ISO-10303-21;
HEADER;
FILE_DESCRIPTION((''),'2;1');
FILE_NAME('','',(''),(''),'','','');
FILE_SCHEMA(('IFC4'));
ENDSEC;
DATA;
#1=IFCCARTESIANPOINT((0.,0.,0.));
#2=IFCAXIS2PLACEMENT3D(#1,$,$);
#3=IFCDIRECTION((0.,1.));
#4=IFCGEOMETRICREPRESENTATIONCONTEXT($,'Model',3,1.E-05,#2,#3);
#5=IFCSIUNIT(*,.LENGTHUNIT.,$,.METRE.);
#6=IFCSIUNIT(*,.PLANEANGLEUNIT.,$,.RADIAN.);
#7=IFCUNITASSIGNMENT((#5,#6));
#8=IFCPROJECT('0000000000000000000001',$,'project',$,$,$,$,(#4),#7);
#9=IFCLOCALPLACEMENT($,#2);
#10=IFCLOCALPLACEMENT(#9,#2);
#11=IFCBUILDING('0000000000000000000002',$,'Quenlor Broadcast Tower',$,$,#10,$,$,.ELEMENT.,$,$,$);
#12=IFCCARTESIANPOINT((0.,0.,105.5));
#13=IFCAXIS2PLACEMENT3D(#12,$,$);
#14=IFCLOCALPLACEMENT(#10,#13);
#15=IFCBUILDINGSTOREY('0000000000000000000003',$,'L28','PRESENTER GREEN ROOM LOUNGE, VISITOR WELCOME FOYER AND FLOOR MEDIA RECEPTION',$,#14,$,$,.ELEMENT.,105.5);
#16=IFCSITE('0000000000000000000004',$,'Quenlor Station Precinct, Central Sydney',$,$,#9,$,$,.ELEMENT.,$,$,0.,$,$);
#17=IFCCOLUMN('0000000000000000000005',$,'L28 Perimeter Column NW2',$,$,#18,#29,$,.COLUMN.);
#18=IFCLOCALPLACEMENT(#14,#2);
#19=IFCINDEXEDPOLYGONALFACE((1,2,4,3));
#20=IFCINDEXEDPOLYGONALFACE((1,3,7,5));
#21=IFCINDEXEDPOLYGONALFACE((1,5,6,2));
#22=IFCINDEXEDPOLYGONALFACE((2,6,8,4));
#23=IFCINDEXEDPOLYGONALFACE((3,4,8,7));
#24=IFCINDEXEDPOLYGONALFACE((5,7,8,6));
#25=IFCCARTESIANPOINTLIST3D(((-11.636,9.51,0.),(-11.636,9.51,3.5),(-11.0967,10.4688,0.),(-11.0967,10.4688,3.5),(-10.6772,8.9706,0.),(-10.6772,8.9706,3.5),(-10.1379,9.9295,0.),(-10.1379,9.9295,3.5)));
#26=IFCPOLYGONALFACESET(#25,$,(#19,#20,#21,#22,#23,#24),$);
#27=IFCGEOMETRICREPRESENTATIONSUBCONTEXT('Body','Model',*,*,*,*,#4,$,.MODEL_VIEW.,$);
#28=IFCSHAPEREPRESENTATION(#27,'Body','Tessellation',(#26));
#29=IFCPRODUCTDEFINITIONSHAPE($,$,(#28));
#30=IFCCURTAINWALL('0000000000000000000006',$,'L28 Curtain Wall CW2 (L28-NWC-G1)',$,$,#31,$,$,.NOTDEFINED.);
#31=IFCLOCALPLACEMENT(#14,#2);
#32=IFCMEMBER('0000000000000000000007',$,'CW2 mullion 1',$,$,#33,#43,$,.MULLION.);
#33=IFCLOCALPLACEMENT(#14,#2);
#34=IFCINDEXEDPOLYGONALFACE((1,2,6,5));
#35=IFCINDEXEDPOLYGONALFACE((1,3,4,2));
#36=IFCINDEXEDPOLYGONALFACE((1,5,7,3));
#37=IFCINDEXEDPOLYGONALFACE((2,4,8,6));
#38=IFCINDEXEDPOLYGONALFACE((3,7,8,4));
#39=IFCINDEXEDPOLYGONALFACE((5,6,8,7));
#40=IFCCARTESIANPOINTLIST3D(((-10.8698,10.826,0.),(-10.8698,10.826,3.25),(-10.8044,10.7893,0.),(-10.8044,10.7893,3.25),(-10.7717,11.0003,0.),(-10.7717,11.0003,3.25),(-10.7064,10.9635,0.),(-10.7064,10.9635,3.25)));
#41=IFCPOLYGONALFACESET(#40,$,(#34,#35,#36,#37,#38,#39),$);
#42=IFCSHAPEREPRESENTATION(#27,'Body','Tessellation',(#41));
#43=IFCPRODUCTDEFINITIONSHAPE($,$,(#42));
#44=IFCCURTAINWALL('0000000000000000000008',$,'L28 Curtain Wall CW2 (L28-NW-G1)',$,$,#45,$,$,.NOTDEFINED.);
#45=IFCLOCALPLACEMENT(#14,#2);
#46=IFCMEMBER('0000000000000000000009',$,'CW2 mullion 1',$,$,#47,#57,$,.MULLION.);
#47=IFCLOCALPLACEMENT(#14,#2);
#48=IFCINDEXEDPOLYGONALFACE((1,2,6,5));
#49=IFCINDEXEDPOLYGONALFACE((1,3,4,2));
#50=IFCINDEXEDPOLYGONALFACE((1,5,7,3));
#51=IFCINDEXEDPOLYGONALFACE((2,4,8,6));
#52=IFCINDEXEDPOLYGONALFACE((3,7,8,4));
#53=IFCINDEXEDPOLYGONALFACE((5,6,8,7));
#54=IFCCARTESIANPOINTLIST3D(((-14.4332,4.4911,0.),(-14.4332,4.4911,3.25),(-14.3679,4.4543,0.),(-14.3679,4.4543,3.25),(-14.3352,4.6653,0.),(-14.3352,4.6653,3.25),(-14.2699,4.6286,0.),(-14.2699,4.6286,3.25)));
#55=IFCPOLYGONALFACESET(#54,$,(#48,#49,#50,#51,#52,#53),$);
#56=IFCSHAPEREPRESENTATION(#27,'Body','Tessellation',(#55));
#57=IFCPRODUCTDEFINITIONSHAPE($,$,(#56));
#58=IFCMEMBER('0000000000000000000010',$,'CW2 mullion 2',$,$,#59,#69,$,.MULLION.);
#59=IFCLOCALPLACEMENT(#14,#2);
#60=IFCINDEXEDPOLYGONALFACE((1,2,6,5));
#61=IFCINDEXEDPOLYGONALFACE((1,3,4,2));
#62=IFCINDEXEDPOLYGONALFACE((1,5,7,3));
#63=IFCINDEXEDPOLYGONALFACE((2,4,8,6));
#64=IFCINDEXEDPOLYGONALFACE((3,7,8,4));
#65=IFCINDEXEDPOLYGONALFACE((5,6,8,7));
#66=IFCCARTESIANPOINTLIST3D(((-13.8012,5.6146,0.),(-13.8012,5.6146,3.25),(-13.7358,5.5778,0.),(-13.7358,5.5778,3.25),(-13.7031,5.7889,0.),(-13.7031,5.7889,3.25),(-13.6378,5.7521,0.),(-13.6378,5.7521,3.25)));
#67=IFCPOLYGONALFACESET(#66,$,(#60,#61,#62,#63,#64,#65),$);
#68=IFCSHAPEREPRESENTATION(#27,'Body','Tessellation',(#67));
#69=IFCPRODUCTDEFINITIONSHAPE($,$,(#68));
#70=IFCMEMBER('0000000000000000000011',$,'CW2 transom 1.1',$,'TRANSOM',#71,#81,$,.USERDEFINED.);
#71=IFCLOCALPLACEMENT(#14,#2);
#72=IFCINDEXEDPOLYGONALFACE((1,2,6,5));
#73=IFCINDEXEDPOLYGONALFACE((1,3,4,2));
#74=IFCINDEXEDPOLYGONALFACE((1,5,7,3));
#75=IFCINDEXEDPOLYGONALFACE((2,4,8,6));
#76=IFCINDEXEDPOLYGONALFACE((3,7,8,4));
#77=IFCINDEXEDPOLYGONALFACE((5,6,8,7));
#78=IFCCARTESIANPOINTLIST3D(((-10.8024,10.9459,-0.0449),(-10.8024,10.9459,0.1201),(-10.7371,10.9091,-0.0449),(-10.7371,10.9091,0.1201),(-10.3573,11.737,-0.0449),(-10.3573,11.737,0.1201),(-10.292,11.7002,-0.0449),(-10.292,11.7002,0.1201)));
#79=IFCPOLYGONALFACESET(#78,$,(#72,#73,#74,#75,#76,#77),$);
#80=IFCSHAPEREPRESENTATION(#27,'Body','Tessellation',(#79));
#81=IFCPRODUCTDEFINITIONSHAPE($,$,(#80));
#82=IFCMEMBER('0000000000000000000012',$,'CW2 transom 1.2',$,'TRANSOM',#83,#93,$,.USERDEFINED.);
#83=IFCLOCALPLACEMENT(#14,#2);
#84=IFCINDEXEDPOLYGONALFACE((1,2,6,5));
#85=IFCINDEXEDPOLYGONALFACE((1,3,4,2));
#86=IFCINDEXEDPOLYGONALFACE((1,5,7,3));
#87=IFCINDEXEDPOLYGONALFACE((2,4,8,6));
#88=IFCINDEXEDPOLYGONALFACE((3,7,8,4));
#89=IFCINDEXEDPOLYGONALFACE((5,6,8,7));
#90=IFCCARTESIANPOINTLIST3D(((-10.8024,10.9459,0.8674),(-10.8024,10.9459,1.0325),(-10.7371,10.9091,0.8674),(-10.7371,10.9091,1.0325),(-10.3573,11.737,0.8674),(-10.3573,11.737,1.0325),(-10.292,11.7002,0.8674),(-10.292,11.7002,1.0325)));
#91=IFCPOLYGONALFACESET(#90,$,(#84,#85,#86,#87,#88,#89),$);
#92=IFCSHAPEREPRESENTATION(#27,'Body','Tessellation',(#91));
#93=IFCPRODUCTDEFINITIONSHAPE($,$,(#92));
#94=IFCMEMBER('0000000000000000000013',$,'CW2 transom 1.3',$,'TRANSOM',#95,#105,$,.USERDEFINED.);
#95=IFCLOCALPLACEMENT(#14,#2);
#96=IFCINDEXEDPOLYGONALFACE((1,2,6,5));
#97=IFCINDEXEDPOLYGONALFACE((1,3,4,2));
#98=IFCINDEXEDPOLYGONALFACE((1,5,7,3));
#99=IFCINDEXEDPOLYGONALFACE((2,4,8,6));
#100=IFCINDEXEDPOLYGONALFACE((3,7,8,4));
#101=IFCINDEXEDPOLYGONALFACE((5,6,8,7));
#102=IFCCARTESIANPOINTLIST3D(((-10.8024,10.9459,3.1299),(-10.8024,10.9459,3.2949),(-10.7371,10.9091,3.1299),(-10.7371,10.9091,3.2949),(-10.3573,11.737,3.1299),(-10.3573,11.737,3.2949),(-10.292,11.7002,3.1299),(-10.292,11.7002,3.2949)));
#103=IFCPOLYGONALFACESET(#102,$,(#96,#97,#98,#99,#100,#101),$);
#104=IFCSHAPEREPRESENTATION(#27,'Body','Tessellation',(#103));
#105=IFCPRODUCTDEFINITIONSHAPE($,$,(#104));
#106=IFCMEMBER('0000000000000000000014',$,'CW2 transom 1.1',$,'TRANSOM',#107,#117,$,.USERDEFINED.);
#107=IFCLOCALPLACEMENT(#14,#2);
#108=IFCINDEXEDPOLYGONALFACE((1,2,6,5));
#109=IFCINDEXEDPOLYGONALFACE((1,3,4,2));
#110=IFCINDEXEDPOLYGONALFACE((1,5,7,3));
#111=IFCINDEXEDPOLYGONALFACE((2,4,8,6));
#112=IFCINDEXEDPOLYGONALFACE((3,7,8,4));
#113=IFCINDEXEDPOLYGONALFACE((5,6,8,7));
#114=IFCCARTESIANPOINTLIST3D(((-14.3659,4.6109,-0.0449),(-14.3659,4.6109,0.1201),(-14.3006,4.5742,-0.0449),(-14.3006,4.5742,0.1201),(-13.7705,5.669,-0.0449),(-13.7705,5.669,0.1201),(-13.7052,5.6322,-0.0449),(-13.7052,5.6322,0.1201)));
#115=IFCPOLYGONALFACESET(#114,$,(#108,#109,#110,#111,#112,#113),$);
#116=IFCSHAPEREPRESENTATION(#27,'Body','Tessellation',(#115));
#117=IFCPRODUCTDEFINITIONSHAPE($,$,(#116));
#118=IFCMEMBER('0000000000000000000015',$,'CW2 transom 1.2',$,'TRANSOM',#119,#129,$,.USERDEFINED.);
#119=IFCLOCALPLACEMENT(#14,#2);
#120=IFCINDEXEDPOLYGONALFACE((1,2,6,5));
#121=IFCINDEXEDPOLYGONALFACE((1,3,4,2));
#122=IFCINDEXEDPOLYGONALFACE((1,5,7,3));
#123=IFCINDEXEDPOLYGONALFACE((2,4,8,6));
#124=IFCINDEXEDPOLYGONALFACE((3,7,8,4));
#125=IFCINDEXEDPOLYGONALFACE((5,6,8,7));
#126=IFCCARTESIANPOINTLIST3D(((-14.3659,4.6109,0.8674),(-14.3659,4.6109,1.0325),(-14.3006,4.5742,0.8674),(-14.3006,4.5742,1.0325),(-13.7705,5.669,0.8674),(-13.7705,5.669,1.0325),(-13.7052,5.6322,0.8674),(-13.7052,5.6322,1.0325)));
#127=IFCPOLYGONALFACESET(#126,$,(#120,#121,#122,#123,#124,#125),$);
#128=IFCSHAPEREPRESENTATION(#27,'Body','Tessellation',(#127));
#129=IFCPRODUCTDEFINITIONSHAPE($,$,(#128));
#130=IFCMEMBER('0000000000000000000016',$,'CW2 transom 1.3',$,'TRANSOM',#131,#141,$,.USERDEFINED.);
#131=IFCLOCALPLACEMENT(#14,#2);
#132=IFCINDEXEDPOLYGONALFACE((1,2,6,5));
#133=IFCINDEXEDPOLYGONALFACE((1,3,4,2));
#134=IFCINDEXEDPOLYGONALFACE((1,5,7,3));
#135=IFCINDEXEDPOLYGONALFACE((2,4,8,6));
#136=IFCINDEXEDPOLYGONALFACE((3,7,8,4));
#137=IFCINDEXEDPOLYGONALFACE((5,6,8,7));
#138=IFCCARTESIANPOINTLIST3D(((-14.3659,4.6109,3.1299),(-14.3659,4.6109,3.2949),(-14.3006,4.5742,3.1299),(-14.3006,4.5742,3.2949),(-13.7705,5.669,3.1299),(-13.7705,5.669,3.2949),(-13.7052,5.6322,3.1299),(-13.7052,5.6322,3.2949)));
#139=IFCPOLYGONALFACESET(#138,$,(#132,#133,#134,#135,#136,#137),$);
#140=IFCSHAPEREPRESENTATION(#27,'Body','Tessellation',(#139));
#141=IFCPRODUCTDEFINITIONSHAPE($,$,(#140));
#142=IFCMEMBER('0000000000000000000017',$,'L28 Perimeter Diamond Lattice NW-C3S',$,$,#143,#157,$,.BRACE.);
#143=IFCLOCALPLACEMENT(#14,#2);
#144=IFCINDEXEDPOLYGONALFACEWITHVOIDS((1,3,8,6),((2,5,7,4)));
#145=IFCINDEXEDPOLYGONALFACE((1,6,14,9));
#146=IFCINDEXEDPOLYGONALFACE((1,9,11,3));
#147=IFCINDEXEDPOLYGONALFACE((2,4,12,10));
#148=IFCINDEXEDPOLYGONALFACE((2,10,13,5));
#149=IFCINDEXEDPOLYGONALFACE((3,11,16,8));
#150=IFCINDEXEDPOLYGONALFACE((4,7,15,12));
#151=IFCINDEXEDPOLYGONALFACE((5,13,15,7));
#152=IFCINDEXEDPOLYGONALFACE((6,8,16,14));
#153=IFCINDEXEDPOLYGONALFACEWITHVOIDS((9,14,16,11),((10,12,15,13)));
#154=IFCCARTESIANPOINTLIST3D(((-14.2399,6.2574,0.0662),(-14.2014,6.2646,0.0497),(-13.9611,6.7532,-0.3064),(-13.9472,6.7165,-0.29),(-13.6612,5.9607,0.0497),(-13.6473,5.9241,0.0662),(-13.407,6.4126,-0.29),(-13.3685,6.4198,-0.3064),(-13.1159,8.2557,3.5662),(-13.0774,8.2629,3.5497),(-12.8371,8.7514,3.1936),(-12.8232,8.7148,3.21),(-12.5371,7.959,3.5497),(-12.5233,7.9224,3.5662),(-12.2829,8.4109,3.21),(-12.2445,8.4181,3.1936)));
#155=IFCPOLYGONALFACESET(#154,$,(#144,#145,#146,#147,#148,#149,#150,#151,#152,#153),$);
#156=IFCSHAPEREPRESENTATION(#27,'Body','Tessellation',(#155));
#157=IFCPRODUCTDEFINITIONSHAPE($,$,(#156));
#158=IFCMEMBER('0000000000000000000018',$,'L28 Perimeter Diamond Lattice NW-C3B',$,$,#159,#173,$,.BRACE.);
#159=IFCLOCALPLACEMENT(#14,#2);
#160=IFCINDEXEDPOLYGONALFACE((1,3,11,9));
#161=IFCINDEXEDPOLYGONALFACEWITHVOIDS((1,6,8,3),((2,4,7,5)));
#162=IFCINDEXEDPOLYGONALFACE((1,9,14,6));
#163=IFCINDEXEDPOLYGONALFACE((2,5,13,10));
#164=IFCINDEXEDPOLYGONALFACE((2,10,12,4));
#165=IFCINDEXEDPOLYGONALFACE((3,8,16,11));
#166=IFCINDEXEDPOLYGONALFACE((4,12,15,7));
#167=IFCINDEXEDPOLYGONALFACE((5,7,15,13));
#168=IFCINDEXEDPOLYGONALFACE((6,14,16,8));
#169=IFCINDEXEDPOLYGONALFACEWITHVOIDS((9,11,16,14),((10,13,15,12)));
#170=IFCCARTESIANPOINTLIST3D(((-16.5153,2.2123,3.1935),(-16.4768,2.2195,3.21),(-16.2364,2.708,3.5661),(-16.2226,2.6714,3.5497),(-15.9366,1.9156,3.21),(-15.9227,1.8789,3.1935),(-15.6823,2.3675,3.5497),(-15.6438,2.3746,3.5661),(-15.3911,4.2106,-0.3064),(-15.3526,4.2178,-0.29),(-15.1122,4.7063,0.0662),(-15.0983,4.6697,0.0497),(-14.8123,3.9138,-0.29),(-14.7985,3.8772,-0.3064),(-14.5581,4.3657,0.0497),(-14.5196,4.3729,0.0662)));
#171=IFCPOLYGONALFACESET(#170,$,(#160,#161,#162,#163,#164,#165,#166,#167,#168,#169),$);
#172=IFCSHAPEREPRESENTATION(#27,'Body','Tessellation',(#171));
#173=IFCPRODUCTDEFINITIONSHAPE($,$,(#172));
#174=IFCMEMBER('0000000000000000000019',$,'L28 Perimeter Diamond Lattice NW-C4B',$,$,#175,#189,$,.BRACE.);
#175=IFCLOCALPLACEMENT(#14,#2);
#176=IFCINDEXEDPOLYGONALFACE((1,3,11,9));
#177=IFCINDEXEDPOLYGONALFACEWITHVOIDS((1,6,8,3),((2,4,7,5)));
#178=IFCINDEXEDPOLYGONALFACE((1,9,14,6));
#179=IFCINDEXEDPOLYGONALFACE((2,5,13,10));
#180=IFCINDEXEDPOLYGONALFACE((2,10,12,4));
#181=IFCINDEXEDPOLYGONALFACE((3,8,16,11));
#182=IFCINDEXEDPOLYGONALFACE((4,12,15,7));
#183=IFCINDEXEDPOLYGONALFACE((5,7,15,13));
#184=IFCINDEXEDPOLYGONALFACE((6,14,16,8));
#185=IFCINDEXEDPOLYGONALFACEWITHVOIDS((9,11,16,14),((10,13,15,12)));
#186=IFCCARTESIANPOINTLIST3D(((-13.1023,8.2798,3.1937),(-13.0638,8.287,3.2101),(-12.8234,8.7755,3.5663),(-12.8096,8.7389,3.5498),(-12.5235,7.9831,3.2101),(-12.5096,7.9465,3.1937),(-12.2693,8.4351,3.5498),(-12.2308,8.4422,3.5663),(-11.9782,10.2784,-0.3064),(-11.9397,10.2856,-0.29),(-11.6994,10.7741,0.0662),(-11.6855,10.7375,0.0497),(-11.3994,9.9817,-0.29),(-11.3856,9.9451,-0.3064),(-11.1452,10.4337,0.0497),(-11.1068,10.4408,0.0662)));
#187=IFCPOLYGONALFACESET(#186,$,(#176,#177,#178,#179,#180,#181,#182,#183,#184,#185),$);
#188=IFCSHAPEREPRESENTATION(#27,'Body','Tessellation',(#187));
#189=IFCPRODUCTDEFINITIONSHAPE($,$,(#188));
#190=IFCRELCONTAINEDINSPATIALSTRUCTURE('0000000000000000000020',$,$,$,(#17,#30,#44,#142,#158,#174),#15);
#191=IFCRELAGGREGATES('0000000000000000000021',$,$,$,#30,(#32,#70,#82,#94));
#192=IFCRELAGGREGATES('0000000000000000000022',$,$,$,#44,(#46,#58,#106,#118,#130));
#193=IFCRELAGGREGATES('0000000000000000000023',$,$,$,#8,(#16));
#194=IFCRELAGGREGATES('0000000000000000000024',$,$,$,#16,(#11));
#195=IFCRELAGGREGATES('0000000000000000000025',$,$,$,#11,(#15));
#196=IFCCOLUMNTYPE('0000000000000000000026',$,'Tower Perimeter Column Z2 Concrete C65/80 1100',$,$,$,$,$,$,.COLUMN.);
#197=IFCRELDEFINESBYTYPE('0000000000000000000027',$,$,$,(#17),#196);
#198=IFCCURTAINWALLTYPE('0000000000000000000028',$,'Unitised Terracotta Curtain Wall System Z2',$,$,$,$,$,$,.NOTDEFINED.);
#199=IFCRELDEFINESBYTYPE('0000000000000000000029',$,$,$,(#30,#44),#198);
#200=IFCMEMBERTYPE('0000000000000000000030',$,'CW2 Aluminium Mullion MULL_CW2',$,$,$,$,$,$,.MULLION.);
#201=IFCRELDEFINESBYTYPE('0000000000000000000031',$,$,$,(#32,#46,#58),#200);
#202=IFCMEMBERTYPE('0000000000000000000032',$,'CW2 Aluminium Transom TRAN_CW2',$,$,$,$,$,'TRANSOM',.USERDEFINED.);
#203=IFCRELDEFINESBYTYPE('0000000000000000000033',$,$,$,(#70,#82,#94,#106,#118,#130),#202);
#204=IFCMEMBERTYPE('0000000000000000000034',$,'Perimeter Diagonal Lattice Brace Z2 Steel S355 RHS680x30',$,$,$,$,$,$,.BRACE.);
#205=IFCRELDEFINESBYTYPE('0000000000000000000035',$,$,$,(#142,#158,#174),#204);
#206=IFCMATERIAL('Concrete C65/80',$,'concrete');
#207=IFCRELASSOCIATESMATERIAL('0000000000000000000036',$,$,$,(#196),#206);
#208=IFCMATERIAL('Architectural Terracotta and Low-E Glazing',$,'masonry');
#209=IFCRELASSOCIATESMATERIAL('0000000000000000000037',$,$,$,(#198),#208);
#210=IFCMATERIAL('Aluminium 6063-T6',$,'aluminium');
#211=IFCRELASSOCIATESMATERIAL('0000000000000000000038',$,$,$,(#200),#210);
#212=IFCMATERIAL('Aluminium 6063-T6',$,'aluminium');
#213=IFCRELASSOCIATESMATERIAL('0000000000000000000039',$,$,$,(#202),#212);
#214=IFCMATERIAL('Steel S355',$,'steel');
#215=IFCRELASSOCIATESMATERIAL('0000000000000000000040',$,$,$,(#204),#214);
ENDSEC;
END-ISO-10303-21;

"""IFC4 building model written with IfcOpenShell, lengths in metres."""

from ifc_helpers import new_model, si_unit, direction, frame, origin, origin_2d, place, context, subcontext, project, spatial, rectangle, hollow_rectangle, extrude, material, material_profile, profile_set, type_object, element, aggregate, save


model = new_model("IFC4")

# Units and contexts
model_context = context("Model", 3, precision=1e-05, world=origin(), true_north=direction((0.0, 1.0)))
body_context = subcontext(model_context, "Body", "Model", "MODEL_VIEW")
ifc_project = project(units=[si_unit("LENGTHUNIT", "METRE"), si_unit("PLANEANGLEUNIT", "RADIAN")], contexts=[model_context])

# Site, building, storey
site_placement = place(None, origin())
site = spatial("IfcSite", under=ifc_project, at=site_placement, Name="Quenlor Station Precinct, Central Sydney", CompositionType="ELEMENT", RefElevation=0.0)
building_placement = place(site_placement, origin())
building = spatial("IfcBuilding", under=site, at=building_placement, Name="Quenlor Broadcast Tower", CompositionType="ELEMENT")
storey_placement = place(building_placement, frame((0.0, 0.0, 105.5)))
storey = spatial("IfcBuildingStorey", under=building, at=storey_placement, Name="L28", Description="PRESENTER GREEN ROOM LOUNGE, VISITOR WELCOME FOYER AND FLOOR MEDIA RECEPTION", CompositionType="ELEMENT", Elevation=105.5)

# Column
ifc_material_1 = material(Name="Concrete C65/80", Category="concrete")
ifc_material_profile_1 = material_profile(ifc_material_1, rectangle(XDim=1.1001, YDim=1.1001, at=origin_2d()))
ifc_profile_set_1 = profile_set([ifc_material_profile_1], Name="Concrete C65/80 RC1100x1100")
column_type = type_object("IfcColumnType", Name="Tower Perimeter Column Z2 Concrete C65/80 1100", PredefinedType="COLUMN", material=ifc_profile_set_1)
column_placement = place(storey_placement, frame((-10.887, 9.7197, 0.0), z_axis=(0.0, 0.0, 1.0), x_axis=(-0.871575, 0.490262, 0.0)))
element("IfcColumn", 1, at=column_placement, inside=storey, type_object=column_type, Name="L28 Perimeter Column NW2", PredefinedType="COLUMN", context=body_context, shape_type="SweptSolid", body=[
    extrude(rectangle(XDim=1.1001, YDim=1.1001, at=origin_2d()), origin(), (0.0, 0.0, 1.0), 3.5),
])

# Curtain wall, member
ifc_material_2 = material(Name="Architectural Terracotta and Low-E Glazing", Category="masonry")
curtain_wall_type = type_object("IfcCurtainWallType", Name="Unitised Terracotta Curtain Wall System Z2", PredefinedType="NOTDEFINED", material=ifc_material_2)
curtain_wall_1_placement = place(storey_placement, origin())
curtain_wall_1 = element("IfcCurtainWall", 2, at=curtain_wall_1_placement, inside=storey, type_object=curtain_wall_type, Name="L28 Curtain Wall CW2 (L28-NWC-G1)", PredefinedType="NOTDEFINED")
ifc_material_3 = material(Name="Aluminium 6063-T6", Category="aluminium")
ifc_material_profile_2 = material_profile(ifc_material_3, rectangle(XDim=0.075, YDim=0.2, at=origin_2d()))
ifc_profile_set_2 = profile_set([ifc_material_profile_2], Name="Aluminium 6063-T6 MULL75x200")
member_type_1 = type_object("IfcMemberType", Name="CW2 Aluminium Mullion MULL_CW2", PredefinedType="MULLION", material=ifc_profile_set_2)
member_1_placement = place(storey_placement, frame((-10.7881, 10.8948, 0.0), z_axis=(0.0, 0.0, 1.0), x_axis=(-0.871581, 0.490252, 0.0)))
member_1 = element("IfcMember", 3, at=member_1_placement, type_object=member_type_1, Name="CW2 mullion 1", PredefinedType="MULLION", context=body_context, shape_type="SweptSolid", body=[
    extrude(rectangle(XDim=0.075, YDim=0.2, at=origin_2d()), origin(), (0.0, 0.0, 1.0), 3.25),
])

# Curtain wall, members
curtain_wall_2_placement = place(storey_placement, origin())
curtain_wall_2 = element("IfcCurtainWall", 4, at=curtain_wall_2_placement, inside=storey, type_object=curtain_wall_type, Name="L28 Curtain Wall CW2 (L28-NW-G1)", PredefinedType="NOTDEFINED")
member_2_placement = place(storey_placement, frame((-14.3516, 4.5598, 0.0), z_axis=(0.0, 0.0, 1.0), x_axis=(-0.871579, 0.490254, 0.0)))
member_2 = element("IfcMember", 5, at=member_2_placement, type_object=member_type_1, Name="CW2 mullion 1", PredefinedType="MULLION", context=body_context, shape_type="SweptSolid", body=[
    extrude(rectangle(XDim=0.075, YDim=0.2, at=origin_2d()), origin(), (0.0, 0.0, 1.0), 3.25),
])
member_3_placement = place(storey_placement, frame((-13.7195, 5.6833, 0.0), z_axis=(0.0, 0.0, 1.0), x_axis=(-0.871579, 0.490254, 0.0)))
member_3 = element("IfcMember", 6, at=member_3_placement, type_object=member_type_1, Name="CW2 mullion 2", PredefinedType="MULLION", context=body_context, shape_type="SweptSolid", body=[
    extrude(rectangle(XDim=0.075, YDim=0.2, at=origin_2d()), origin(), (0.0, 0.0, 1.0), 3.25),
])

# Members
ifc_material_4 = material(Name="Aluminium 6063-T6", Category="aluminium")
ifc_material_profile_3 = material_profile(ifc_material_4, rectangle(XDim=0.075, YDim=0.165, at=origin_2d()))
ifc_profile_set_3 = profile_set([ifc_material_profile_3], Name="Aluminium 6063-T6 TRAN75x165")
member_type_2 = type_object("IfcMemberType", Name="CW2 Aluminium Transom TRAN_CW2", ElementType="TRANSOM", PredefinedType="USERDEFINED", material=ifc_profile_set_3)
member_4_placement = place(storey_placement, frame((-10.7698, 10.9275, 0.0376), z_axis=(0.490363, 0.871518, 0.0), x_axis=(-0.871518, 0.490363, 0.0)))
member_4 = element("IfcMember", 7, at=member_4_placement, type_object=member_type_2, Name="CW2 transom 1.1", ObjectType="TRANSOM", PredefinedType="USERDEFINED", context=body_context, shape_type="SweptSolid", body=[
    extrude(rectangle(XDim=0.075, YDim=0.165, at=origin_2d()), origin(), (0.0, 0.0, 1.0), 0.9077),
])
member_5_placement = place(storey_placement, frame((-10.7698, 10.9275, 0.95), z_axis=(0.490363, 0.871518, 0.0), x_axis=(-0.871518, 0.490363, 0.0)))
member_5 = element("IfcMember", 8, at=member_5_placement, type_object=member_type_2, Name="CW2 transom 1.2", ObjectType="TRANSOM", PredefinedType="USERDEFINED", context=body_context, shape_type="SweptSolid", body=[
    extrude(rectangle(XDim=0.075, YDim=0.165, at=origin_2d()), origin(), (0.0, 0.0, 1.0), 0.9077),
])
member_6_placement = place(storey_placement, frame((-10.7698, 10.9275, 3.2124), z_axis=(0.490363, 0.871518, 0.0), x_axis=(-0.871518, 0.490363, 0.0)))
member_6 = element("IfcMember", 9, at=member_6_placement, type_object=member_type_2, Name="CW2 transom 1.3", ObjectType="TRANSOM", PredefinedType="USERDEFINED", context=body_context, shape_type="SweptSolid", body=[
    extrude(rectangle(XDim=0.075, YDim=0.165, at=origin_2d()), origin(), (0.0, 0.0, 1.0), 0.9077),
])
member_7_placement = place(storey_placement, frame((-14.3333, 4.5925, 0.0376), z_axis=(0.490433, 0.871479, 0.0), x_axis=(-0.871479, 0.490433, 0.0)))
member_7 = element("IfcMember", 10, at=member_7_placement, type_object=member_type_2, Name="CW2 transom 1.1", ObjectType="TRANSOM", PredefinedType="USERDEFINED", context=body_context, shape_type="SweptSolid", body=[
    extrude(rectangle(XDim=0.075, YDim=0.165, at=origin_2d()), origin(), (0.0, 0.0, 1.0), 1.2141),
])
member_8_placement = place(storey_placement, frame((-14.3333, 4.5925, 0.95), z_axis=(0.490433, 0.871479, 0.0), x_axis=(-0.871479, 0.490433, 0.0)))
member_8 = element("IfcMember", 11, at=member_8_placement, type_object=member_type_2, Name="CW2 transom 1.2", ObjectType="TRANSOM", PredefinedType="USERDEFINED", context=body_context, shape_type="SweptSolid", body=[
    extrude(rectangle(XDim=0.075, YDim=0.165, at=origin_2d()), origin(), (0.0, 0.0, 1.0), 1.2141),
])
member_9_placement = place(storey_placement, frame((-14.3333, 4.5925, 3.2124), z_axis=(0.490433, 0.871479, 0.0), x_axis=(-0.871479, 0.490433, 0.0)))
member_9 = element("IfcMember", 12, at=member_9_placement, type_object=member_type_2, Name="CW2 transom 1.3", ObjectType="TRANSOM", PredefinedType="USERDEFINED", context=body_context, shape_type="SweptSolid", body=[
    extrude(rectangle(XDim=0.075, YDim=0.165, at=origin_2d()), origin(), (0.0, 0.0, 1.0), 1.2141),
])

# Members
ifc_material_5 = material(Name="Steel S355", Category="steel")
ifc_material_profile_4 = material_profile(ifc_material_5, hollow_rectangle(XDim=0.6799, YDim=0.6799, WallThickness=0.03, at=origin_2d()))
ifc_profile_set_4 = profile_set([ifc_material_profile_4], Name="Steel S355 RHS680x680x30")
member_type_3 = type_object("IfcMemberType", Name="Perimeter Diagonal Lattice Brace Z2 Steel S355 RHS680x30", PredefinedType="BRACE", material=ifc_profile_set_4)
for number, where, z_axis, x_axis, name in (
    (13, (-13.8042, 6.3386, -0.1201), (0.268642, 0.477593, 0.836502), (-0.871578, 0.490256, 0.0), "L28 Perimeter Diamond Lattice NW-C3S"),
    (14, (-14.9553, 4.2917, -0.1201), (-0.268697, -0.477585, 0.836489), (0.871533, -0.490337, 0.0), "L28 Perimeter Diamond Lattice NW-C3B"),
):
    element("IfcMember", number, at=place(storey_placement, frame(where, z_axis=z_axis, x_axis=x_axis)), inside=storey, type_object=member_type_3, Name=name, PredefinedType="BRACE", context=body_context, shape_type="SweptSolid", body=[
        extrude(hollow_rectangle(XDim=0.6799, YDim=0.6799, WallThickness=0.03, at=origin_2d()), origin(), (0.0, 0.0, 1.0), 4.1841),
    ])
member_10_placement = place(storey_placement, frame((-11.5425, 10.3596, -0.1201), z_axis=(-0.268635, -0.477638, 0.836479), x_axis=(0.871604, -0.490211, 0.0)))
element("IfcMember", 15, at=member_10_placement, inside=storey, type_object=member_type_3, Name="L28 Perimeter Diamond Lattice NW-C4B", PredefinedType="BRACE", context=body_context, shape_type="SweptSolid", body=[
    extrude(hollow_rectangle(XDim=0.6799, YDim=0.6799, WallThickness=0.03, at=origin_2d()), origin(), (0.0, 0.0, 1.0), 4.1843),
])

aggregate(curtain_wall_1, [member_1, member_4, member_5, member_6])
aggregate(curtain_wall_2, [member_2, member_3, member_7, member_8, member_9])

save(model, "model.ifc")
